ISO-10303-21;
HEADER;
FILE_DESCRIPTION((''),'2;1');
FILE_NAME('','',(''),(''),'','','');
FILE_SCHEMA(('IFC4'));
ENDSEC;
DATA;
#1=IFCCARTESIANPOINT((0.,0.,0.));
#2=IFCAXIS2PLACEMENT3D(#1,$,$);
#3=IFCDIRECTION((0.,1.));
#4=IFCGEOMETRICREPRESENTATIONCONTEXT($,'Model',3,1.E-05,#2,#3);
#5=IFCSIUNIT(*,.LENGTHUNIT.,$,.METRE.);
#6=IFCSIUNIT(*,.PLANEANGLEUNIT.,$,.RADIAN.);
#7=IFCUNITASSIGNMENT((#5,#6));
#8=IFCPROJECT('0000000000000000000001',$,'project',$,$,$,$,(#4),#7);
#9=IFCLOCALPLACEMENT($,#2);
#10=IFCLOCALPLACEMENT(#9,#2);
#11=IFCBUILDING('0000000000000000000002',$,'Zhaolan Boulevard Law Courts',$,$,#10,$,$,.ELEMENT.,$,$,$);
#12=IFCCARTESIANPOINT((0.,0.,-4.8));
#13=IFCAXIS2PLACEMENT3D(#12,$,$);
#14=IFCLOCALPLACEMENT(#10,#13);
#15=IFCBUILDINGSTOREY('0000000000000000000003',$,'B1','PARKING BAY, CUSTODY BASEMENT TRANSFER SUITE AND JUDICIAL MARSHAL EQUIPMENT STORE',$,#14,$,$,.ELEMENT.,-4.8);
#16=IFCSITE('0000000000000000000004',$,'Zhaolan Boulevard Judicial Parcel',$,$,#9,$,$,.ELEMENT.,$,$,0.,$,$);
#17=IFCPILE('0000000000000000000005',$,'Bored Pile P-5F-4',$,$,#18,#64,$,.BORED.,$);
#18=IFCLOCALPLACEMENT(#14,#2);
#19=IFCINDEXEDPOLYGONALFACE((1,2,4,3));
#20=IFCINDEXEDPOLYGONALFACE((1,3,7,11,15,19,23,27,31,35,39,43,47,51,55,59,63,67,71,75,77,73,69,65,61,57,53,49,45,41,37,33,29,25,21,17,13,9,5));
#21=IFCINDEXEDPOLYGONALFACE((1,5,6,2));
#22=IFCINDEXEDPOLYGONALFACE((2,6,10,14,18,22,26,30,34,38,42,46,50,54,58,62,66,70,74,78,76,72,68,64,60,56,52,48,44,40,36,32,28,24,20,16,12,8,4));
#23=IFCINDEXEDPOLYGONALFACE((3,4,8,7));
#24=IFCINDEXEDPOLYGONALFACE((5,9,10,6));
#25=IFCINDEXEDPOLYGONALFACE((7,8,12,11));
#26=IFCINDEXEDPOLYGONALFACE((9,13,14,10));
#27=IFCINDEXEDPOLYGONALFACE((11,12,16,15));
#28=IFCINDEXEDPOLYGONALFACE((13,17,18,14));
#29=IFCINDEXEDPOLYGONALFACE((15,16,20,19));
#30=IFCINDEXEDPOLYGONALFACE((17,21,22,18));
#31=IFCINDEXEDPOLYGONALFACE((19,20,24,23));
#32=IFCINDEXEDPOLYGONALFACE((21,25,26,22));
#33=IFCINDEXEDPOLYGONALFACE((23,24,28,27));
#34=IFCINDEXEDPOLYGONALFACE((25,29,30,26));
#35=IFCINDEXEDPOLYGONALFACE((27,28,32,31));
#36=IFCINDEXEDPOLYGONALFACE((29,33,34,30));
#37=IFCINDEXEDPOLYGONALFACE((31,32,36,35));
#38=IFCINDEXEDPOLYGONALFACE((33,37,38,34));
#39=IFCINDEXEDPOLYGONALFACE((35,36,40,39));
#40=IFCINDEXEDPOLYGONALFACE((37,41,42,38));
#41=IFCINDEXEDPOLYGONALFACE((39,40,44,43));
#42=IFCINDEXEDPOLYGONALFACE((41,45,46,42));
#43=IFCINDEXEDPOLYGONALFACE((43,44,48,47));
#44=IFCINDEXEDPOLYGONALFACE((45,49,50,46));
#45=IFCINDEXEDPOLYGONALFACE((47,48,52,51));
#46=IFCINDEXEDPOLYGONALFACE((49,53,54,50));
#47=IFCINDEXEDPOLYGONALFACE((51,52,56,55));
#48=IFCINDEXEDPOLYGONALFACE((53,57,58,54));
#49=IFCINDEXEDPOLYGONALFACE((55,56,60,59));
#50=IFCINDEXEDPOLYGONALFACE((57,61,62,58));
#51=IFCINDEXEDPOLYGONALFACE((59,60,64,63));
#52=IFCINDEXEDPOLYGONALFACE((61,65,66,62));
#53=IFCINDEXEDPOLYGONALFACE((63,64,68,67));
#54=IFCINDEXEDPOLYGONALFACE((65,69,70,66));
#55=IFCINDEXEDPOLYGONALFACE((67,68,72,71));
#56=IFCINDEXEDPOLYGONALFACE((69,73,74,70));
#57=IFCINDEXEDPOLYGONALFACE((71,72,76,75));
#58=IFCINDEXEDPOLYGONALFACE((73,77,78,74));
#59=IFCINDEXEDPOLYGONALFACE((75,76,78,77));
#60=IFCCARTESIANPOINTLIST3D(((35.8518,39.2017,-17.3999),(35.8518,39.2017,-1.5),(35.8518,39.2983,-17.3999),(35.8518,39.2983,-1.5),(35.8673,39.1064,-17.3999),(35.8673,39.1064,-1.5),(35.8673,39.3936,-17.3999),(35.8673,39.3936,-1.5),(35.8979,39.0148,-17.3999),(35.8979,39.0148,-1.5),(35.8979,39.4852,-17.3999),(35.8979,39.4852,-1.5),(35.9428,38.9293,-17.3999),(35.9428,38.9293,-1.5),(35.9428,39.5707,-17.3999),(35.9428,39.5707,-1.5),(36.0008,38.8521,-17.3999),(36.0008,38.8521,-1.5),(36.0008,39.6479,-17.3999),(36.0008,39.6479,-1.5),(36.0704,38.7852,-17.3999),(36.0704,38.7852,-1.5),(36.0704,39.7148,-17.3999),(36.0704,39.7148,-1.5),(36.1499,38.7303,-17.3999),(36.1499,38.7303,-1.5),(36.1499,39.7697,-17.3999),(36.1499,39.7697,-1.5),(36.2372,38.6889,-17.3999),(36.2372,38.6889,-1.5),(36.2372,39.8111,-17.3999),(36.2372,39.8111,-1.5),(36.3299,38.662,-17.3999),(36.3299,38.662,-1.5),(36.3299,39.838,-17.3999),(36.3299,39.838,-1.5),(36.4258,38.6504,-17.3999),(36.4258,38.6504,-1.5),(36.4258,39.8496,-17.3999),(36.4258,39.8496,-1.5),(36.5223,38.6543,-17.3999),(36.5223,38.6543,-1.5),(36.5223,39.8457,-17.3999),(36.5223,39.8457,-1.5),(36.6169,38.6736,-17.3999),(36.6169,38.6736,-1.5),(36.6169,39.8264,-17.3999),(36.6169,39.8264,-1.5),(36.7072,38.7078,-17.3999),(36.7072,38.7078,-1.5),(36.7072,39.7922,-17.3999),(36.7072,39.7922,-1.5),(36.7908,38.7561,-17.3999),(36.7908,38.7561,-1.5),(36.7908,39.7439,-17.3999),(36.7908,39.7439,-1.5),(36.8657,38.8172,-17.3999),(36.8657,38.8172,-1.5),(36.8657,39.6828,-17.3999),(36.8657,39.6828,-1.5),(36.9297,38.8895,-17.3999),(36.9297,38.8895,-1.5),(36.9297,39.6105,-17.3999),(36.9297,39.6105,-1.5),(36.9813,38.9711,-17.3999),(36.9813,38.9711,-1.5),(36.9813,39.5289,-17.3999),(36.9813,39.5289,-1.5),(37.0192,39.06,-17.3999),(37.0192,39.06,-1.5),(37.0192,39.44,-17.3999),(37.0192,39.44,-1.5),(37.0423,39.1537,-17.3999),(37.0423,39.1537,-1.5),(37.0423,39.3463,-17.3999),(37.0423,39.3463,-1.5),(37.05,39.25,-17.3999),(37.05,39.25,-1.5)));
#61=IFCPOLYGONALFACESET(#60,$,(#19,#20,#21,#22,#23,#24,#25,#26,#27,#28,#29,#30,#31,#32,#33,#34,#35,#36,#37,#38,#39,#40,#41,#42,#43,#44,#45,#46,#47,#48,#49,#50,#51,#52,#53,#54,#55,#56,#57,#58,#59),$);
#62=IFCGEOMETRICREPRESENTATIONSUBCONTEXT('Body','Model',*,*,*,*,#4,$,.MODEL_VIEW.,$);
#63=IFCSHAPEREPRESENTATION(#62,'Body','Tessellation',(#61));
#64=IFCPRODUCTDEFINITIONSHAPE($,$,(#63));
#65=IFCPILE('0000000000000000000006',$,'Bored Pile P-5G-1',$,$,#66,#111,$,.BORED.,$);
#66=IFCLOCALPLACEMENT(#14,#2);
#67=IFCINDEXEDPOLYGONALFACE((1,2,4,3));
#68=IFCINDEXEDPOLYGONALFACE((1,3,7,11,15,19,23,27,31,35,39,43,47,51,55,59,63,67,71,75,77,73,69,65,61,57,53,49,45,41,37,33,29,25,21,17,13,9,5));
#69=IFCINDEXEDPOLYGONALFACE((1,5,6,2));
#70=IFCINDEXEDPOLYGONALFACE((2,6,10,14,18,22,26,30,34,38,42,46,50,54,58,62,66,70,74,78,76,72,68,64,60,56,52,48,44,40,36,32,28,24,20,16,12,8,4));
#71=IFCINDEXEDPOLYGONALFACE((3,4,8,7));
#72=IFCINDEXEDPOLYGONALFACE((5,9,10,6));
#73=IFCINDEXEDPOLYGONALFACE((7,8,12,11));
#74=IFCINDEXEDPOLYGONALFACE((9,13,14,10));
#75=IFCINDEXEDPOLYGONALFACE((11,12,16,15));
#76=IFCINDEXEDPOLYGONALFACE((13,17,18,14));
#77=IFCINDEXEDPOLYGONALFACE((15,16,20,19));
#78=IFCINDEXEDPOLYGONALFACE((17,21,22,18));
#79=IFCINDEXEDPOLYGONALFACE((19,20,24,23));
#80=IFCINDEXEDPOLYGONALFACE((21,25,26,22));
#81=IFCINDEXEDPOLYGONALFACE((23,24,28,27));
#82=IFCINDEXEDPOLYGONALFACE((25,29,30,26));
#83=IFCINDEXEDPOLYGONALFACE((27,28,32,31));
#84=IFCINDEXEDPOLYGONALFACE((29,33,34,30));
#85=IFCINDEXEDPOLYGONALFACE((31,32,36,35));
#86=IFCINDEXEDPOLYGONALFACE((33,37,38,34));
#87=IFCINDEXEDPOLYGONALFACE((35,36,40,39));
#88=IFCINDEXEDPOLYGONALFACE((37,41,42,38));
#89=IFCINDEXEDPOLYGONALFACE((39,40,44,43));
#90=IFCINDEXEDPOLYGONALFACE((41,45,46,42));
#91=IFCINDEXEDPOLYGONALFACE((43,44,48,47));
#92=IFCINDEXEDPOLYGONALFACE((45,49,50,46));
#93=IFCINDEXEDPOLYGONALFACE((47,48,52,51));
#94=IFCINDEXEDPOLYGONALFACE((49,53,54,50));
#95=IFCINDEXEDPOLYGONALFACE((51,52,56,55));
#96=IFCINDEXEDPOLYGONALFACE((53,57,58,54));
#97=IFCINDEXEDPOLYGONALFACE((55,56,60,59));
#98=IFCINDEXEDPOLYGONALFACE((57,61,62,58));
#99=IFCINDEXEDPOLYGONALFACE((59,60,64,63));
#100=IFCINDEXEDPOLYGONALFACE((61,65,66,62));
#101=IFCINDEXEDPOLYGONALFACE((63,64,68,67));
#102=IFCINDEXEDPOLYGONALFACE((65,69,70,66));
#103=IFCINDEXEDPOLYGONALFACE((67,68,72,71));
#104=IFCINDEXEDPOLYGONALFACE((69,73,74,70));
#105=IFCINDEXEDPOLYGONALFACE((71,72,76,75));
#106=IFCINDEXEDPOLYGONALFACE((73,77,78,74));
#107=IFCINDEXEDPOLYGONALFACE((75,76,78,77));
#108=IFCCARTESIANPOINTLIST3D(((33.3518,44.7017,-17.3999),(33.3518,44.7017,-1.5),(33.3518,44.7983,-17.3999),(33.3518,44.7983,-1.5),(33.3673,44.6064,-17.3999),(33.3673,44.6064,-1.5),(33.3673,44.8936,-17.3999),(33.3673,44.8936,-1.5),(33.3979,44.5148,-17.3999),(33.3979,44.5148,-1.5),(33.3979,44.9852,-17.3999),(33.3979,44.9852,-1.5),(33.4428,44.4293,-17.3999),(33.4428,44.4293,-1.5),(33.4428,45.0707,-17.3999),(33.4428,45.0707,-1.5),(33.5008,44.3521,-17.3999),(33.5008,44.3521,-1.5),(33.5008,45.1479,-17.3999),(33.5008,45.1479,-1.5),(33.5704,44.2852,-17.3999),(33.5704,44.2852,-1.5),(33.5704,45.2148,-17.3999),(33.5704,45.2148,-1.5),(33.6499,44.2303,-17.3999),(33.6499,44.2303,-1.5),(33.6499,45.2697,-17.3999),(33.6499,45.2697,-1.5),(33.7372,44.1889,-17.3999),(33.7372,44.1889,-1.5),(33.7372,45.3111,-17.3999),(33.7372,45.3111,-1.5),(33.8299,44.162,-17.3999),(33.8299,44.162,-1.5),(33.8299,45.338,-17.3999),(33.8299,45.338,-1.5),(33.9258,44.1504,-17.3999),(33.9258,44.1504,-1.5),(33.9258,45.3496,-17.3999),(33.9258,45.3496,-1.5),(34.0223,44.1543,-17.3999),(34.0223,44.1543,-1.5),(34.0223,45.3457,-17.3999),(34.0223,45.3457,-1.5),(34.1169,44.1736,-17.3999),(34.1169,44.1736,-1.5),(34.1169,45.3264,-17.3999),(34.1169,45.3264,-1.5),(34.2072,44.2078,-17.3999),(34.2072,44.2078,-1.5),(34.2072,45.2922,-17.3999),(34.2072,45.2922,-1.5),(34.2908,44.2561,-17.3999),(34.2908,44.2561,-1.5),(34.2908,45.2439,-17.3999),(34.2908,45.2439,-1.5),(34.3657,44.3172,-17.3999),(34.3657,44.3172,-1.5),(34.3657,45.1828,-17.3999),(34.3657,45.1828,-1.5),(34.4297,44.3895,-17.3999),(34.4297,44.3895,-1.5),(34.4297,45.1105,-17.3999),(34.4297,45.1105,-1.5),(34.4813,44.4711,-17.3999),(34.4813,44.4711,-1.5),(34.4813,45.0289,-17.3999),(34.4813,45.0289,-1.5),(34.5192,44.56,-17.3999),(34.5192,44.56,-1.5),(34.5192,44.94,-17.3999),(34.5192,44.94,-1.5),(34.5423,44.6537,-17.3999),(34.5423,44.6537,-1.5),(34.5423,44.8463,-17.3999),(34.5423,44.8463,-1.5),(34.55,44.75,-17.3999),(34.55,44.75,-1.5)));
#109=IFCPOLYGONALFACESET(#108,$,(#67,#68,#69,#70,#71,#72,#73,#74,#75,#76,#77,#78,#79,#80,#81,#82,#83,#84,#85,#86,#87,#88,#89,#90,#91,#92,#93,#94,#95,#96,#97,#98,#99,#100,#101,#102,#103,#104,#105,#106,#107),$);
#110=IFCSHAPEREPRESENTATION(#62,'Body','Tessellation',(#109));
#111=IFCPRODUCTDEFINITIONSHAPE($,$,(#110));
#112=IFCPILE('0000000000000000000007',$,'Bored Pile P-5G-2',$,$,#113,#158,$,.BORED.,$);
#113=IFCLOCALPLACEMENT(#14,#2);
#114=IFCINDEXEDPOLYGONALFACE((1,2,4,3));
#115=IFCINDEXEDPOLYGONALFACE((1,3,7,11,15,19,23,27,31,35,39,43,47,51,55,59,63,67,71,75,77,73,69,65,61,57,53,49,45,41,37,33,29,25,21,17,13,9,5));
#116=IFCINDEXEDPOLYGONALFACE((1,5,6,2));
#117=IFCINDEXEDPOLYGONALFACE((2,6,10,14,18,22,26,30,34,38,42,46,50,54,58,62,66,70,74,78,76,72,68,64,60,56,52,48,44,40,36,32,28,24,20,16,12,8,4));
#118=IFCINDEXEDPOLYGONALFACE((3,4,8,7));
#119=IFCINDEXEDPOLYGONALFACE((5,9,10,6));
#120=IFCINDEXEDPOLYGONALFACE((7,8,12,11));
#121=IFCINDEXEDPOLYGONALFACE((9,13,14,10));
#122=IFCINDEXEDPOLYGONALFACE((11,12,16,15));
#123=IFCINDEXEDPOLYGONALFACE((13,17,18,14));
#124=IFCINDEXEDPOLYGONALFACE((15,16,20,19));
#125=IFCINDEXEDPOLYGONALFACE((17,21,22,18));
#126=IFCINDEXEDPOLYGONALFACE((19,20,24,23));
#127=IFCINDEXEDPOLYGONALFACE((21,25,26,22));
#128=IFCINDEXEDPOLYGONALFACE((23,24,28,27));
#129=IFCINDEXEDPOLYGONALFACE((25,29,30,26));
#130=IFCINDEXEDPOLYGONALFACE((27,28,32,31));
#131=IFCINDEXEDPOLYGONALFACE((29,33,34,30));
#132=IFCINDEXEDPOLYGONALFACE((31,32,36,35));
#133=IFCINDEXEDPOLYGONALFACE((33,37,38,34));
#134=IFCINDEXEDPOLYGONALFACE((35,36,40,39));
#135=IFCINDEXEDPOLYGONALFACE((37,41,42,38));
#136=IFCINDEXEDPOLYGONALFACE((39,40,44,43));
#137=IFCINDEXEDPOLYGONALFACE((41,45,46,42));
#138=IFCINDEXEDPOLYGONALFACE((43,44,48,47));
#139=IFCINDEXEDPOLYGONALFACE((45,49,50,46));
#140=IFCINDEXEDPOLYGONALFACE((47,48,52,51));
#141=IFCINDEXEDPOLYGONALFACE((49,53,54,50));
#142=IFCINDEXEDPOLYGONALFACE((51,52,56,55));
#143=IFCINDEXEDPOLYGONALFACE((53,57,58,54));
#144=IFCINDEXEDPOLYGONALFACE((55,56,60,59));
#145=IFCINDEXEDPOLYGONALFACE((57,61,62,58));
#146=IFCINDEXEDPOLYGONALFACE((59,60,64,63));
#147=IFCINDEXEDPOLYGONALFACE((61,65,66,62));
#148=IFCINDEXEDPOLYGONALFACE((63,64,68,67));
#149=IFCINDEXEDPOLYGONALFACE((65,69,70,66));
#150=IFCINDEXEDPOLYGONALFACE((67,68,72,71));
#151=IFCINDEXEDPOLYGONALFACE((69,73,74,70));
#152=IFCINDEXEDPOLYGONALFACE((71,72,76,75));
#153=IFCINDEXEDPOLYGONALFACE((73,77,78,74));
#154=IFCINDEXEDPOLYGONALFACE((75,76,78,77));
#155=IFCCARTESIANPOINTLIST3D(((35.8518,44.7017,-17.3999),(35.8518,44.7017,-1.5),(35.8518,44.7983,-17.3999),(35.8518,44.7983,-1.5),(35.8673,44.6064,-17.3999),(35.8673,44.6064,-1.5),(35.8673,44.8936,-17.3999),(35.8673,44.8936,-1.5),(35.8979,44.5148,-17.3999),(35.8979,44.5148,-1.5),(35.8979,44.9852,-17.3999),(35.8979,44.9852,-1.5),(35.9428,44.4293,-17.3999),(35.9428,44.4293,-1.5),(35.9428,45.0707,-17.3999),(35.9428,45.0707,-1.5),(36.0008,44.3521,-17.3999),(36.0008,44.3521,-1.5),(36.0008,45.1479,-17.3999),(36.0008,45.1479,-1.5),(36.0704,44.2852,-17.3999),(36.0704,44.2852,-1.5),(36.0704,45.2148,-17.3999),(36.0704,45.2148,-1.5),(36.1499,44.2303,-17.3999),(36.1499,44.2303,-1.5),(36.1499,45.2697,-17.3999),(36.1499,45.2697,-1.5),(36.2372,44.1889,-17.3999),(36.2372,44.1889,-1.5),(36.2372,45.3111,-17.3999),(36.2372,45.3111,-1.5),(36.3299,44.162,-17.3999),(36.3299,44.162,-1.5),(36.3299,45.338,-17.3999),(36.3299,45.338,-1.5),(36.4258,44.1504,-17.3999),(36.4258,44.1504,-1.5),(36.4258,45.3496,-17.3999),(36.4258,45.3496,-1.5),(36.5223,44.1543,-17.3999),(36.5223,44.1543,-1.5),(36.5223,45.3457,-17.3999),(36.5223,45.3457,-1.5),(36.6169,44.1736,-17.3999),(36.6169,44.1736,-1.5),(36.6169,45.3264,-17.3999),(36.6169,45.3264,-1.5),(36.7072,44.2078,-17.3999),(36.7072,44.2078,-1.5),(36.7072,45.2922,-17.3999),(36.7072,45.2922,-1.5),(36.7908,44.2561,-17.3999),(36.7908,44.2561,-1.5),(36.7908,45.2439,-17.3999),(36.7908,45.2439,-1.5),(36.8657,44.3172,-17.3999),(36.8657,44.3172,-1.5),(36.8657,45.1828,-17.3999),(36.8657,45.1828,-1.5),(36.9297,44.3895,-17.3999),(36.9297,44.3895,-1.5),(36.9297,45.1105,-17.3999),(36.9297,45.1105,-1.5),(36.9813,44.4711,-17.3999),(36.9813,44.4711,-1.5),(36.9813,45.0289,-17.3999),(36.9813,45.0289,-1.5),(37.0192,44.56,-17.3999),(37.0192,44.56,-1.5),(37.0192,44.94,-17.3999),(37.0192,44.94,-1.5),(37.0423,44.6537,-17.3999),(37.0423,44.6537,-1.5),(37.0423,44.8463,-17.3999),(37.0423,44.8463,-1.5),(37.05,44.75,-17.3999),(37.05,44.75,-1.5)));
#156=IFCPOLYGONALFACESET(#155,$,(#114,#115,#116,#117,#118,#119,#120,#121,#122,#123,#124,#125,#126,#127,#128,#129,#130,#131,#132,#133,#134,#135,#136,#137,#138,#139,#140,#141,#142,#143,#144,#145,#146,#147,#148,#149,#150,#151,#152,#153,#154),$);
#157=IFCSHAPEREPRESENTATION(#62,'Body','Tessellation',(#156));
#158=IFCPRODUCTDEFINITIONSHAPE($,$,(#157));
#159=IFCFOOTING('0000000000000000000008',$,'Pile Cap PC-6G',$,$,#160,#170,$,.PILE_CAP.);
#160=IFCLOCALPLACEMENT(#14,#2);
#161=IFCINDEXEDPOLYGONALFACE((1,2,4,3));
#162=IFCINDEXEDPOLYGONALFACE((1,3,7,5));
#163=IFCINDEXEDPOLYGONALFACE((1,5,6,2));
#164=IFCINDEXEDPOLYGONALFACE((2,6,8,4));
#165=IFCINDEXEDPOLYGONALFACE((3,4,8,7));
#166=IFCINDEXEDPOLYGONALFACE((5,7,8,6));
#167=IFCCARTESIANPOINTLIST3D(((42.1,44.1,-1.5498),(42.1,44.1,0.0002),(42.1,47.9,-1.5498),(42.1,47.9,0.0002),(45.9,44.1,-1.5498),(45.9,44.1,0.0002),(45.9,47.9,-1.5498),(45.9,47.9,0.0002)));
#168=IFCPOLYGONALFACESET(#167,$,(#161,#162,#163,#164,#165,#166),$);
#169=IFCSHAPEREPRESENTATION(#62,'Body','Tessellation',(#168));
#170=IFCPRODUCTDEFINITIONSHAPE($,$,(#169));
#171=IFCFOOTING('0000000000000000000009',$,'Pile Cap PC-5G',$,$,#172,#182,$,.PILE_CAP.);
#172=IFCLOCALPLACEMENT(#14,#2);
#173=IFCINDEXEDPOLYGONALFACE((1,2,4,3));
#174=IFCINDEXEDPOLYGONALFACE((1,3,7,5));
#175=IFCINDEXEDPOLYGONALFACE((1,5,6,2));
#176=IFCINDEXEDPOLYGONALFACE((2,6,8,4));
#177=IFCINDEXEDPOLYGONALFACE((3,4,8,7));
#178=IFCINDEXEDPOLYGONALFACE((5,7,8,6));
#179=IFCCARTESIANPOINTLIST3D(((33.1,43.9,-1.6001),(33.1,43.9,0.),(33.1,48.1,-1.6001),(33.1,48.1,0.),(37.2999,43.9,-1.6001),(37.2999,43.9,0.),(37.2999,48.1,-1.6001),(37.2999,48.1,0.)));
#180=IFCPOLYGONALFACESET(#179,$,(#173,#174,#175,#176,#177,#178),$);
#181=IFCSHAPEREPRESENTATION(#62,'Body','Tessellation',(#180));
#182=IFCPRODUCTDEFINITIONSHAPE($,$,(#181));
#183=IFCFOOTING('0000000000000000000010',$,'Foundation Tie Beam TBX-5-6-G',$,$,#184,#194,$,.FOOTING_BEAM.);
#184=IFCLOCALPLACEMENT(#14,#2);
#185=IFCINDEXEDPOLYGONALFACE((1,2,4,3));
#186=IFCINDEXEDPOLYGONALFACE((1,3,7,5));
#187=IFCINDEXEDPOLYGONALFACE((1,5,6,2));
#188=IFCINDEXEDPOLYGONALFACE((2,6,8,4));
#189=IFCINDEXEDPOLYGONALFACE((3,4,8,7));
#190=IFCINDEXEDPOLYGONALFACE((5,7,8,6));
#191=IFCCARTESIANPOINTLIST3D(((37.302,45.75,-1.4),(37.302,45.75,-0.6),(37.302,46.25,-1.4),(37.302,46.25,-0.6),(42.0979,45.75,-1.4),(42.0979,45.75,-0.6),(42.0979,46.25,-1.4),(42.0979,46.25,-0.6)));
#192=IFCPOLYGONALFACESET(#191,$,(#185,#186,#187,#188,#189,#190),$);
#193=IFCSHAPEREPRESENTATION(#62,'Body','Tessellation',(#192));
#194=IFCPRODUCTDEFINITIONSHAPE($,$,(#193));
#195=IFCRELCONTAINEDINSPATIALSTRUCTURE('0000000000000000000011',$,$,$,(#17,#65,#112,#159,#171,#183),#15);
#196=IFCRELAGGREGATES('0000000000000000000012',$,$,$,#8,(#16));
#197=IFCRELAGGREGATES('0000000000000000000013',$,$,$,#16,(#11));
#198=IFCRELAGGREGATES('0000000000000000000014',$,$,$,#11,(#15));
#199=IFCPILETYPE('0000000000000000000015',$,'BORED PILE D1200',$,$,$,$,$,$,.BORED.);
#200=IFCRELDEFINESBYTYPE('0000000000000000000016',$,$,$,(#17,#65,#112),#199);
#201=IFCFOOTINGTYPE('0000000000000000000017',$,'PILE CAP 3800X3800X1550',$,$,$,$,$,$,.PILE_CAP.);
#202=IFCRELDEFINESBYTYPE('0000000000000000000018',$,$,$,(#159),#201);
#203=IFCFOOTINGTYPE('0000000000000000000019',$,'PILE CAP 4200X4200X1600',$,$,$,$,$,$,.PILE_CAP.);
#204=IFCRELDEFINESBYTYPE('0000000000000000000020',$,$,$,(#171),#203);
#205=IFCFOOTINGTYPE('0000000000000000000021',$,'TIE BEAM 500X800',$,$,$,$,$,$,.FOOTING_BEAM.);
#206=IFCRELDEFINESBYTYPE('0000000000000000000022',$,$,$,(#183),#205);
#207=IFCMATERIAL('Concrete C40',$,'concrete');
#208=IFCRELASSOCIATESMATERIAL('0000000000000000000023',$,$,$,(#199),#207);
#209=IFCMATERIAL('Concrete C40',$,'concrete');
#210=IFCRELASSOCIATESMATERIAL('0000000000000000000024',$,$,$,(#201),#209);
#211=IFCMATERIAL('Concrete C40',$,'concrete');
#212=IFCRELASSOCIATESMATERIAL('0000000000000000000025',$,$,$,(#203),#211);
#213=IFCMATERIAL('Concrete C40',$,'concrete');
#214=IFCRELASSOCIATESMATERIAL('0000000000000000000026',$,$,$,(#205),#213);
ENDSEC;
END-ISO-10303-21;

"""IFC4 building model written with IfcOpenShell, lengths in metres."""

from ifc_helpers import new_model, si_unit, direction, frame, origin, origin_2d, place, context, subcontext, project, spatial, rectangle, circle, extrude, material, material_profile, profile_set, type_object, element, save


model = new_model("IFC4")

# Units and contexts
model_context = context("Model", 3, precision=1e-05, world=origin(), true_north=direction((0.0, 1.0)))
body_context = subcontext(model_context, "Body", "Model", "MODEL_VIEW")
ifc_project = project(units=[si_unit("LENGTHUNIT", "METRE"), si_unit("PLANEANGLEUNIT", "RADIAN")], contexts=[model_context])

# Site, building, storey
site_placement = place(None, origin())
site = spatial("IfcSite", under=ifc_project, at=site_placement, Name="Zhaolan Boulevard Judicial Parcel", CompositionType="ELEMENT", RefElevation=0.0)
building_placement = place(site_placement, origin())
building = spatial("IfcBuilding", under=site, at=building_placement, Name="Zhaolan Boulevard Law Courts", CompositionType="ELEMENT")
storey_placement = place(building_placement, frame((0.0, 0.0, -4.8)))
storey = spatial("IfcBuildingStorey", under=building, at=storey_placement, Name="B1", Description="PARKING BAY, CUSTODY BASEMENT TRANSFER SUITE AND JUDICIAL MARSHAL EQUIPMENT STORE", CompositionType="ELEMENT", Elevation=-4.8)

# Piles
ifc_material_1 = material(Name="Concrete C40", Category="concrete")
ifc_material_profile_1 = material_profile(ifc_material_1, circle(Radius=0.6001, at=origin_2d()), Name="PILE-D1200")
ifc_profile_set_1 = profile_set([ifc_material_profile_1], Name="Concrete C40")
pile_type_1 = type_object("IfcPileType", Name="BORED PILE D1200", PredefinedType="BORED", material=ifc_profile_set_1)
for number, where, z_axis, x_axis, name in (
    (1, (36.45, 39.25, -1.5), (0.0, 0.0, -1.0), (1.0, 0.0, 0.0), "Bored Pile P-5F-4"),
    (2, (33.95, 44.75, -1.5), (0.0, 0.0, -1.0), (1.0, 0.0, 0.0), "Bored Pile P-5G-1"),
    (3, (36.45, 44.75, -1.5), (0.0, 0.0, -1.0), (1.0, 0.0, 0.0), "Bored Pile P-5G-2"),
):
    element("IfcPile", number, at=place(storey_placement, frame(where, z_axis=z_axis, x_axis=x_axis)), inside=storey, type_object=pile_type_1, Name=name, PredefinedType="BORED", context=body_context, shape_type="SweptSolid", body=[
        extrude(circle(Radius=0.6001, at=origin_2d()), origin(), (0.0, 0.0, 1.0), 15.8999),
    ])

# Footings
ifc_material_2 = material(Name="Concrete C40", Category="concrete")
footing_type_1 = type_object("IfcFootingType", Name="PILE CAP 3800X3800X1550", PredefinedType="PILE_CAP", material=ifc_material_2)
footing_1_placement = place(storey_placement, frame((44.0, 46.0, -1.5498), z_axis=(0.0, 0.0, 1.0), x_axis=(1.0, 0.0, 0.0)))
element("IfcFooting", 4, at=footing_1_placement, inside=storey, type_object=footing_type_1, Name="Pile Cap PC-6G", PredefinedType="PILE_CAP", context=body_context, shape_type="SweptSolid", body=[
    extrude(rectangle(XDim=3.8, YDim=3.8, at=origin_2d()), origin(), (0.0, 0.0, 1.0), 1.55),
])
ifc_material_3 = material(Name="Concrete C40", Category="concrete")
footing_type_2 = type_object("IfcFootingType", Name="PILE CAP 4200X4200X1600", PredefinedType="PILE_CAP", material=ifc_material_3)
footing_2_placement = place(storey_placement, frame((35.2, 46.0, -1.6001), z_axis=(0.0, 0.0, 1.0), x_axis=(1.0, 0.0, 0.0)))
element("IfcFooting", 5, at=footing_2_placement, inside=storey, type_object=footing_type_2, Name="Pile Cap PC-5G", PredefinedType="PILE_CAP", context=body_context, shape_type="SweptSolid", body=[
    extrude(rectangle(XDim=4.2, YDim=4.2, at=origin_2d()), origin(), (0.0, 0.0, 1.0), 1.6001),
])
ifc_material_4 = material(Name="Concrete C40", Category="concrete")
ifc_material_profile_2 = material_profile(ifc_material_4, rectangle(XDim=0.5, YDim=0.8, at=origin_2d()), Name="RC500x800")
ifc_profile_set_2 = profile_set([ifc_material_profile_2], Name="Concrete C40")
footing_type_3 = type_object("IfcFootingType", Name="TIE BEAM 500X800", PredefinedType="FOOTING_BEAM", material=ifc_profile_set_2)
footing_3_placement = place(storey_placement, frame((37.302, 46.0, -1.0), z_axis=(1.0, 0.0, 0.0), x_axis=(0.0, 1.0, 0.0)))
element("IfcFooting", 6, at=footing_3_placement, inside=storey, type_object=footing_type_3, Name="Foundation Tie Beam TBX-5-6-G", PredefinedType="FOOTING_BEAM", context=body_context, shape_type="SweptSolid", body=[
    extrude(rectangle(XDim=0.5, YDim=0.8, at=origin_2d()), origin(), (0.0, 0.0, 1.0), 4.7959),
])

save(model, "model.ifc")
